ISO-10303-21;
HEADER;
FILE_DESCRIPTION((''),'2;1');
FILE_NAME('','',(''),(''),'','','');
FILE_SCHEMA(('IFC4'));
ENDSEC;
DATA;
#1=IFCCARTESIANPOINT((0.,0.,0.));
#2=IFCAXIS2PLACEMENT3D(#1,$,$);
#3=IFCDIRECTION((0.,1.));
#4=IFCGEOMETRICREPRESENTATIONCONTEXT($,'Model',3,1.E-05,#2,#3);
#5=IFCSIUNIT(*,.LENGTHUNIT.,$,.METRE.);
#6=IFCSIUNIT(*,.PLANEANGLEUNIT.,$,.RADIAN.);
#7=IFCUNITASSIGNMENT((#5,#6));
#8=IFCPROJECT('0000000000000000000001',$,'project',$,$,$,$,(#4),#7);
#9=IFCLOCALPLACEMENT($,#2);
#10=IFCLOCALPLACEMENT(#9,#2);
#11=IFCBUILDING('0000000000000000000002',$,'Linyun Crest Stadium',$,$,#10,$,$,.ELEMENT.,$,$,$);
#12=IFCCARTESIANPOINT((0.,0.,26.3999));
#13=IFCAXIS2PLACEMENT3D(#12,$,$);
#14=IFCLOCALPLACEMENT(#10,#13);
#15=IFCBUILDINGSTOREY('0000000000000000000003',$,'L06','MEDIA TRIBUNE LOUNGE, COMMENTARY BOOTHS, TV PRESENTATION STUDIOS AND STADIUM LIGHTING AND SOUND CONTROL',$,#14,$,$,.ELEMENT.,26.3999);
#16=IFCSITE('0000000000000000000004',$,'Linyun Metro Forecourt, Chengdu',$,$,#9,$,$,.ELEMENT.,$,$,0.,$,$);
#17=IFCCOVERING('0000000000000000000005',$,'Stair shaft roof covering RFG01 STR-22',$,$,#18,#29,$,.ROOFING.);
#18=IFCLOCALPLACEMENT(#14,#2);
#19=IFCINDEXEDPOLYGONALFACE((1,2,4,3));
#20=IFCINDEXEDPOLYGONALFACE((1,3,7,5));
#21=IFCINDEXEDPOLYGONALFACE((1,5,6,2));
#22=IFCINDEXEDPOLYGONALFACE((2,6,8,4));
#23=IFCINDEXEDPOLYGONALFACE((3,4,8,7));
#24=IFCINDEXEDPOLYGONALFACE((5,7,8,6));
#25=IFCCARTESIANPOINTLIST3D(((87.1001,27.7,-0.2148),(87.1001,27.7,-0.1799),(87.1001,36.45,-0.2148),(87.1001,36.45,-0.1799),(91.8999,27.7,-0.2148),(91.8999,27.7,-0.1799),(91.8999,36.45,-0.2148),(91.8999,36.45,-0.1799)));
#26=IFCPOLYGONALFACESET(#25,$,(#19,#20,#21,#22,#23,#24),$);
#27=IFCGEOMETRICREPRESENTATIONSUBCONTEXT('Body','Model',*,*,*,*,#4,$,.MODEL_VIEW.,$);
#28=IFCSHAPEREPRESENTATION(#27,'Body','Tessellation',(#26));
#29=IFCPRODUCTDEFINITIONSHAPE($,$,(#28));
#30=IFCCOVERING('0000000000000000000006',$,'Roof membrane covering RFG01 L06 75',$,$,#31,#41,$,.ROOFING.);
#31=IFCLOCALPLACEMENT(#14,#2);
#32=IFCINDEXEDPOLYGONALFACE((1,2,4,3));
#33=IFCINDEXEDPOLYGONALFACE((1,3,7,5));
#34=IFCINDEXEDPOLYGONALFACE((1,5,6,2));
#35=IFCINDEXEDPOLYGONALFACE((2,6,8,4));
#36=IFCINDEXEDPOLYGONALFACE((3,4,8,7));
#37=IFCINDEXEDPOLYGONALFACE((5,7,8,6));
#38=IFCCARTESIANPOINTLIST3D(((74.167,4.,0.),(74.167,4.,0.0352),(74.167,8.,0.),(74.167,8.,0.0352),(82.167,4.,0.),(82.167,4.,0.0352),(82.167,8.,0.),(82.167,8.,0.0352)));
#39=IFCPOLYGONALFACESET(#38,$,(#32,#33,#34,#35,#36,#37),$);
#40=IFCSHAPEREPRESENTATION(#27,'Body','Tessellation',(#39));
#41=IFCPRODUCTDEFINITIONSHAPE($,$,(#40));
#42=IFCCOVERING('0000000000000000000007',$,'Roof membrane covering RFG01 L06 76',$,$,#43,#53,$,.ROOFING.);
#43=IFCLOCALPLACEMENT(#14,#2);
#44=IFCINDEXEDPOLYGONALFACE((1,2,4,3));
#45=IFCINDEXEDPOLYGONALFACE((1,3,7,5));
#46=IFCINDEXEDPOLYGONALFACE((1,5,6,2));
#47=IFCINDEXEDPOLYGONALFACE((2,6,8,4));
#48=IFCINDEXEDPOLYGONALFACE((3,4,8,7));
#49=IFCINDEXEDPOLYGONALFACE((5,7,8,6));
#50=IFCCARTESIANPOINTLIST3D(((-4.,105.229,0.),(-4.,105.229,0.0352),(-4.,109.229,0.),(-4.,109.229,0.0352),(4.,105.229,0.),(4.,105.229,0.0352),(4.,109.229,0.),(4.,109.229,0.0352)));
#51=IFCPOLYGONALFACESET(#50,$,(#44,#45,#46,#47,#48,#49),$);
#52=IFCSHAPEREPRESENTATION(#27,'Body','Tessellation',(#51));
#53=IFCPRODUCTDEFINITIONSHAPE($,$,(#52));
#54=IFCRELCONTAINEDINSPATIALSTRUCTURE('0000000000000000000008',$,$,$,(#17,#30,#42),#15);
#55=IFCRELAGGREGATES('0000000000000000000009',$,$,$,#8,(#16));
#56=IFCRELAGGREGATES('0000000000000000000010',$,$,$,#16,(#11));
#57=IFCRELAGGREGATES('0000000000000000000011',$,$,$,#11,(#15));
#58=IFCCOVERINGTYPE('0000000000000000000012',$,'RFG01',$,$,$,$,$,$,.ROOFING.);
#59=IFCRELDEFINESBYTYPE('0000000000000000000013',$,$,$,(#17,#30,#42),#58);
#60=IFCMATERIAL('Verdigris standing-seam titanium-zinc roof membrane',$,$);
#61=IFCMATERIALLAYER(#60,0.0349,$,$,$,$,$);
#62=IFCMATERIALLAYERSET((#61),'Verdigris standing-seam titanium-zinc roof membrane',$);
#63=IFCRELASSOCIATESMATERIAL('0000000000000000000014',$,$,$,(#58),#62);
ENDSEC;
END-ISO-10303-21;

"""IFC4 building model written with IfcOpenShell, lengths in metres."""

from ifc_helpers import new_model, si_unit, direction, frame, origin, place, context, subcontext, project, spatial, polyline, outline, extrude, material, layer, layer_set, type_object, element, save


model = new_model("IFC4")

# Units and contexts
model_context = context("Model", 3, precision=1e-05, world=origin(), true_north=direction((0.0, 1.0)))
body_context = subcontext(model_context, "Body", "Model", "MODEL_VIEW")
ifc_project = project(units=[si_unit("LENGTHUNIT", "METRE"), si_unit("PLANEANGLEUNIT", "RADIAN")], contexts=[model_context])

# Site, building, storey
site_placement = place(None, origin())
site = spatial("IfcSite", under=ifc_project, at=site_placement, Name="Linyun Metro Forecourt, Chengdu", CompositionType="ELEMENT", RefElevation=0.0)
building_placement = place(site_placement, origin())
building = spatial("IfcBuilding", under=site, at=building_placement, Name="Linyun Crest Stadium", CompositionType="ELEMENT")
storey_placement = place(building_placement, frame((0.0, 0.0, 26.3999)))
storey = spatial("IfcBuildingStorey", under=building, at=storey_placement, Name="L06", Description="MEDIA TRIBUNE LOUNGE, COMMENTARY BOOTHS, TV PRESENTATION STUDIOS AND STADIUM LIGHTING AND SOUND CONTROL", CompositionType="ELEMENT", Elevation=26.3999)

# Coverings
ifc_material_1 = material(Name="Verdigris standing-seam titanium-zinc roof membrane")
ifc_layer_1 = layer(ifc_material_1, 0.0349)
ifc_layer_set_1 = layer_set([ifc_layer_1], Name="Verdigris standing-seam titanium-zinc roof membrane")
covering_type_1 = type_object("IfcCoveringType", Name="RFG01", PredefinedType="ROOFING", material=ifc_layer_set_1)
covering_1_placement = place(storey_placement, frame((0.0, 0.0, -0.2148)))
element("IfcCovering", 1, at=covering_1_placement, inside=storey, type_object=covering_type_1, Name="Stair shaft roof covering RFG01 STR-22", PredefinedType="ROOFING", context=body_context, shape_type="SweptSolid", body=[
    extrude(outline(polyline([(87.1001, 27.7), (91.8999, 27.7), (91.8999, 36.45), (87.1001, 36.45), (87.1001, 27.7)])), origin(), (0.0, 0.0, 1.0), 0.0349),
])
covering_2_placement = place(storey_placement, origin())
element("IfcCovering", 2, at=covering_2_placement, inside=storey, type_object=covering_type_1, Name="Roof membrane covering RFG01 L06 75", PredefinedType="ROOFING", context=body_context, shape_type="SweptSolid", body=[
    extrude(outline(polyline([(74.167, 4.0), (82.167, 4.0), (82.167, 8.0), (74.167, 8.0), (74.167, 4.0)])), origin(), (0.0, 0.0, 1.0), 0.0352),
])
covering_3_placement = place(storey_placement, origin())
element("IfcCovering", 3, at=covering_3_placement, inside=storey, type_object=covering_type_1, Name="Roof membrane covering RFG01 L06 76", PredefinedType="ROOFING", context=body_context, shape_type="SweptSolid", body=[
    extrude(outline(polyline([(-4.0, 105.229), (4.0, 105.229), (4.0, 109.229), (-4.0, 109.229), (-4.0, 105.229)])), origin(), (0.0, 0.0, 1.0), 0.0352),
])

save(model, "model.ifc")
